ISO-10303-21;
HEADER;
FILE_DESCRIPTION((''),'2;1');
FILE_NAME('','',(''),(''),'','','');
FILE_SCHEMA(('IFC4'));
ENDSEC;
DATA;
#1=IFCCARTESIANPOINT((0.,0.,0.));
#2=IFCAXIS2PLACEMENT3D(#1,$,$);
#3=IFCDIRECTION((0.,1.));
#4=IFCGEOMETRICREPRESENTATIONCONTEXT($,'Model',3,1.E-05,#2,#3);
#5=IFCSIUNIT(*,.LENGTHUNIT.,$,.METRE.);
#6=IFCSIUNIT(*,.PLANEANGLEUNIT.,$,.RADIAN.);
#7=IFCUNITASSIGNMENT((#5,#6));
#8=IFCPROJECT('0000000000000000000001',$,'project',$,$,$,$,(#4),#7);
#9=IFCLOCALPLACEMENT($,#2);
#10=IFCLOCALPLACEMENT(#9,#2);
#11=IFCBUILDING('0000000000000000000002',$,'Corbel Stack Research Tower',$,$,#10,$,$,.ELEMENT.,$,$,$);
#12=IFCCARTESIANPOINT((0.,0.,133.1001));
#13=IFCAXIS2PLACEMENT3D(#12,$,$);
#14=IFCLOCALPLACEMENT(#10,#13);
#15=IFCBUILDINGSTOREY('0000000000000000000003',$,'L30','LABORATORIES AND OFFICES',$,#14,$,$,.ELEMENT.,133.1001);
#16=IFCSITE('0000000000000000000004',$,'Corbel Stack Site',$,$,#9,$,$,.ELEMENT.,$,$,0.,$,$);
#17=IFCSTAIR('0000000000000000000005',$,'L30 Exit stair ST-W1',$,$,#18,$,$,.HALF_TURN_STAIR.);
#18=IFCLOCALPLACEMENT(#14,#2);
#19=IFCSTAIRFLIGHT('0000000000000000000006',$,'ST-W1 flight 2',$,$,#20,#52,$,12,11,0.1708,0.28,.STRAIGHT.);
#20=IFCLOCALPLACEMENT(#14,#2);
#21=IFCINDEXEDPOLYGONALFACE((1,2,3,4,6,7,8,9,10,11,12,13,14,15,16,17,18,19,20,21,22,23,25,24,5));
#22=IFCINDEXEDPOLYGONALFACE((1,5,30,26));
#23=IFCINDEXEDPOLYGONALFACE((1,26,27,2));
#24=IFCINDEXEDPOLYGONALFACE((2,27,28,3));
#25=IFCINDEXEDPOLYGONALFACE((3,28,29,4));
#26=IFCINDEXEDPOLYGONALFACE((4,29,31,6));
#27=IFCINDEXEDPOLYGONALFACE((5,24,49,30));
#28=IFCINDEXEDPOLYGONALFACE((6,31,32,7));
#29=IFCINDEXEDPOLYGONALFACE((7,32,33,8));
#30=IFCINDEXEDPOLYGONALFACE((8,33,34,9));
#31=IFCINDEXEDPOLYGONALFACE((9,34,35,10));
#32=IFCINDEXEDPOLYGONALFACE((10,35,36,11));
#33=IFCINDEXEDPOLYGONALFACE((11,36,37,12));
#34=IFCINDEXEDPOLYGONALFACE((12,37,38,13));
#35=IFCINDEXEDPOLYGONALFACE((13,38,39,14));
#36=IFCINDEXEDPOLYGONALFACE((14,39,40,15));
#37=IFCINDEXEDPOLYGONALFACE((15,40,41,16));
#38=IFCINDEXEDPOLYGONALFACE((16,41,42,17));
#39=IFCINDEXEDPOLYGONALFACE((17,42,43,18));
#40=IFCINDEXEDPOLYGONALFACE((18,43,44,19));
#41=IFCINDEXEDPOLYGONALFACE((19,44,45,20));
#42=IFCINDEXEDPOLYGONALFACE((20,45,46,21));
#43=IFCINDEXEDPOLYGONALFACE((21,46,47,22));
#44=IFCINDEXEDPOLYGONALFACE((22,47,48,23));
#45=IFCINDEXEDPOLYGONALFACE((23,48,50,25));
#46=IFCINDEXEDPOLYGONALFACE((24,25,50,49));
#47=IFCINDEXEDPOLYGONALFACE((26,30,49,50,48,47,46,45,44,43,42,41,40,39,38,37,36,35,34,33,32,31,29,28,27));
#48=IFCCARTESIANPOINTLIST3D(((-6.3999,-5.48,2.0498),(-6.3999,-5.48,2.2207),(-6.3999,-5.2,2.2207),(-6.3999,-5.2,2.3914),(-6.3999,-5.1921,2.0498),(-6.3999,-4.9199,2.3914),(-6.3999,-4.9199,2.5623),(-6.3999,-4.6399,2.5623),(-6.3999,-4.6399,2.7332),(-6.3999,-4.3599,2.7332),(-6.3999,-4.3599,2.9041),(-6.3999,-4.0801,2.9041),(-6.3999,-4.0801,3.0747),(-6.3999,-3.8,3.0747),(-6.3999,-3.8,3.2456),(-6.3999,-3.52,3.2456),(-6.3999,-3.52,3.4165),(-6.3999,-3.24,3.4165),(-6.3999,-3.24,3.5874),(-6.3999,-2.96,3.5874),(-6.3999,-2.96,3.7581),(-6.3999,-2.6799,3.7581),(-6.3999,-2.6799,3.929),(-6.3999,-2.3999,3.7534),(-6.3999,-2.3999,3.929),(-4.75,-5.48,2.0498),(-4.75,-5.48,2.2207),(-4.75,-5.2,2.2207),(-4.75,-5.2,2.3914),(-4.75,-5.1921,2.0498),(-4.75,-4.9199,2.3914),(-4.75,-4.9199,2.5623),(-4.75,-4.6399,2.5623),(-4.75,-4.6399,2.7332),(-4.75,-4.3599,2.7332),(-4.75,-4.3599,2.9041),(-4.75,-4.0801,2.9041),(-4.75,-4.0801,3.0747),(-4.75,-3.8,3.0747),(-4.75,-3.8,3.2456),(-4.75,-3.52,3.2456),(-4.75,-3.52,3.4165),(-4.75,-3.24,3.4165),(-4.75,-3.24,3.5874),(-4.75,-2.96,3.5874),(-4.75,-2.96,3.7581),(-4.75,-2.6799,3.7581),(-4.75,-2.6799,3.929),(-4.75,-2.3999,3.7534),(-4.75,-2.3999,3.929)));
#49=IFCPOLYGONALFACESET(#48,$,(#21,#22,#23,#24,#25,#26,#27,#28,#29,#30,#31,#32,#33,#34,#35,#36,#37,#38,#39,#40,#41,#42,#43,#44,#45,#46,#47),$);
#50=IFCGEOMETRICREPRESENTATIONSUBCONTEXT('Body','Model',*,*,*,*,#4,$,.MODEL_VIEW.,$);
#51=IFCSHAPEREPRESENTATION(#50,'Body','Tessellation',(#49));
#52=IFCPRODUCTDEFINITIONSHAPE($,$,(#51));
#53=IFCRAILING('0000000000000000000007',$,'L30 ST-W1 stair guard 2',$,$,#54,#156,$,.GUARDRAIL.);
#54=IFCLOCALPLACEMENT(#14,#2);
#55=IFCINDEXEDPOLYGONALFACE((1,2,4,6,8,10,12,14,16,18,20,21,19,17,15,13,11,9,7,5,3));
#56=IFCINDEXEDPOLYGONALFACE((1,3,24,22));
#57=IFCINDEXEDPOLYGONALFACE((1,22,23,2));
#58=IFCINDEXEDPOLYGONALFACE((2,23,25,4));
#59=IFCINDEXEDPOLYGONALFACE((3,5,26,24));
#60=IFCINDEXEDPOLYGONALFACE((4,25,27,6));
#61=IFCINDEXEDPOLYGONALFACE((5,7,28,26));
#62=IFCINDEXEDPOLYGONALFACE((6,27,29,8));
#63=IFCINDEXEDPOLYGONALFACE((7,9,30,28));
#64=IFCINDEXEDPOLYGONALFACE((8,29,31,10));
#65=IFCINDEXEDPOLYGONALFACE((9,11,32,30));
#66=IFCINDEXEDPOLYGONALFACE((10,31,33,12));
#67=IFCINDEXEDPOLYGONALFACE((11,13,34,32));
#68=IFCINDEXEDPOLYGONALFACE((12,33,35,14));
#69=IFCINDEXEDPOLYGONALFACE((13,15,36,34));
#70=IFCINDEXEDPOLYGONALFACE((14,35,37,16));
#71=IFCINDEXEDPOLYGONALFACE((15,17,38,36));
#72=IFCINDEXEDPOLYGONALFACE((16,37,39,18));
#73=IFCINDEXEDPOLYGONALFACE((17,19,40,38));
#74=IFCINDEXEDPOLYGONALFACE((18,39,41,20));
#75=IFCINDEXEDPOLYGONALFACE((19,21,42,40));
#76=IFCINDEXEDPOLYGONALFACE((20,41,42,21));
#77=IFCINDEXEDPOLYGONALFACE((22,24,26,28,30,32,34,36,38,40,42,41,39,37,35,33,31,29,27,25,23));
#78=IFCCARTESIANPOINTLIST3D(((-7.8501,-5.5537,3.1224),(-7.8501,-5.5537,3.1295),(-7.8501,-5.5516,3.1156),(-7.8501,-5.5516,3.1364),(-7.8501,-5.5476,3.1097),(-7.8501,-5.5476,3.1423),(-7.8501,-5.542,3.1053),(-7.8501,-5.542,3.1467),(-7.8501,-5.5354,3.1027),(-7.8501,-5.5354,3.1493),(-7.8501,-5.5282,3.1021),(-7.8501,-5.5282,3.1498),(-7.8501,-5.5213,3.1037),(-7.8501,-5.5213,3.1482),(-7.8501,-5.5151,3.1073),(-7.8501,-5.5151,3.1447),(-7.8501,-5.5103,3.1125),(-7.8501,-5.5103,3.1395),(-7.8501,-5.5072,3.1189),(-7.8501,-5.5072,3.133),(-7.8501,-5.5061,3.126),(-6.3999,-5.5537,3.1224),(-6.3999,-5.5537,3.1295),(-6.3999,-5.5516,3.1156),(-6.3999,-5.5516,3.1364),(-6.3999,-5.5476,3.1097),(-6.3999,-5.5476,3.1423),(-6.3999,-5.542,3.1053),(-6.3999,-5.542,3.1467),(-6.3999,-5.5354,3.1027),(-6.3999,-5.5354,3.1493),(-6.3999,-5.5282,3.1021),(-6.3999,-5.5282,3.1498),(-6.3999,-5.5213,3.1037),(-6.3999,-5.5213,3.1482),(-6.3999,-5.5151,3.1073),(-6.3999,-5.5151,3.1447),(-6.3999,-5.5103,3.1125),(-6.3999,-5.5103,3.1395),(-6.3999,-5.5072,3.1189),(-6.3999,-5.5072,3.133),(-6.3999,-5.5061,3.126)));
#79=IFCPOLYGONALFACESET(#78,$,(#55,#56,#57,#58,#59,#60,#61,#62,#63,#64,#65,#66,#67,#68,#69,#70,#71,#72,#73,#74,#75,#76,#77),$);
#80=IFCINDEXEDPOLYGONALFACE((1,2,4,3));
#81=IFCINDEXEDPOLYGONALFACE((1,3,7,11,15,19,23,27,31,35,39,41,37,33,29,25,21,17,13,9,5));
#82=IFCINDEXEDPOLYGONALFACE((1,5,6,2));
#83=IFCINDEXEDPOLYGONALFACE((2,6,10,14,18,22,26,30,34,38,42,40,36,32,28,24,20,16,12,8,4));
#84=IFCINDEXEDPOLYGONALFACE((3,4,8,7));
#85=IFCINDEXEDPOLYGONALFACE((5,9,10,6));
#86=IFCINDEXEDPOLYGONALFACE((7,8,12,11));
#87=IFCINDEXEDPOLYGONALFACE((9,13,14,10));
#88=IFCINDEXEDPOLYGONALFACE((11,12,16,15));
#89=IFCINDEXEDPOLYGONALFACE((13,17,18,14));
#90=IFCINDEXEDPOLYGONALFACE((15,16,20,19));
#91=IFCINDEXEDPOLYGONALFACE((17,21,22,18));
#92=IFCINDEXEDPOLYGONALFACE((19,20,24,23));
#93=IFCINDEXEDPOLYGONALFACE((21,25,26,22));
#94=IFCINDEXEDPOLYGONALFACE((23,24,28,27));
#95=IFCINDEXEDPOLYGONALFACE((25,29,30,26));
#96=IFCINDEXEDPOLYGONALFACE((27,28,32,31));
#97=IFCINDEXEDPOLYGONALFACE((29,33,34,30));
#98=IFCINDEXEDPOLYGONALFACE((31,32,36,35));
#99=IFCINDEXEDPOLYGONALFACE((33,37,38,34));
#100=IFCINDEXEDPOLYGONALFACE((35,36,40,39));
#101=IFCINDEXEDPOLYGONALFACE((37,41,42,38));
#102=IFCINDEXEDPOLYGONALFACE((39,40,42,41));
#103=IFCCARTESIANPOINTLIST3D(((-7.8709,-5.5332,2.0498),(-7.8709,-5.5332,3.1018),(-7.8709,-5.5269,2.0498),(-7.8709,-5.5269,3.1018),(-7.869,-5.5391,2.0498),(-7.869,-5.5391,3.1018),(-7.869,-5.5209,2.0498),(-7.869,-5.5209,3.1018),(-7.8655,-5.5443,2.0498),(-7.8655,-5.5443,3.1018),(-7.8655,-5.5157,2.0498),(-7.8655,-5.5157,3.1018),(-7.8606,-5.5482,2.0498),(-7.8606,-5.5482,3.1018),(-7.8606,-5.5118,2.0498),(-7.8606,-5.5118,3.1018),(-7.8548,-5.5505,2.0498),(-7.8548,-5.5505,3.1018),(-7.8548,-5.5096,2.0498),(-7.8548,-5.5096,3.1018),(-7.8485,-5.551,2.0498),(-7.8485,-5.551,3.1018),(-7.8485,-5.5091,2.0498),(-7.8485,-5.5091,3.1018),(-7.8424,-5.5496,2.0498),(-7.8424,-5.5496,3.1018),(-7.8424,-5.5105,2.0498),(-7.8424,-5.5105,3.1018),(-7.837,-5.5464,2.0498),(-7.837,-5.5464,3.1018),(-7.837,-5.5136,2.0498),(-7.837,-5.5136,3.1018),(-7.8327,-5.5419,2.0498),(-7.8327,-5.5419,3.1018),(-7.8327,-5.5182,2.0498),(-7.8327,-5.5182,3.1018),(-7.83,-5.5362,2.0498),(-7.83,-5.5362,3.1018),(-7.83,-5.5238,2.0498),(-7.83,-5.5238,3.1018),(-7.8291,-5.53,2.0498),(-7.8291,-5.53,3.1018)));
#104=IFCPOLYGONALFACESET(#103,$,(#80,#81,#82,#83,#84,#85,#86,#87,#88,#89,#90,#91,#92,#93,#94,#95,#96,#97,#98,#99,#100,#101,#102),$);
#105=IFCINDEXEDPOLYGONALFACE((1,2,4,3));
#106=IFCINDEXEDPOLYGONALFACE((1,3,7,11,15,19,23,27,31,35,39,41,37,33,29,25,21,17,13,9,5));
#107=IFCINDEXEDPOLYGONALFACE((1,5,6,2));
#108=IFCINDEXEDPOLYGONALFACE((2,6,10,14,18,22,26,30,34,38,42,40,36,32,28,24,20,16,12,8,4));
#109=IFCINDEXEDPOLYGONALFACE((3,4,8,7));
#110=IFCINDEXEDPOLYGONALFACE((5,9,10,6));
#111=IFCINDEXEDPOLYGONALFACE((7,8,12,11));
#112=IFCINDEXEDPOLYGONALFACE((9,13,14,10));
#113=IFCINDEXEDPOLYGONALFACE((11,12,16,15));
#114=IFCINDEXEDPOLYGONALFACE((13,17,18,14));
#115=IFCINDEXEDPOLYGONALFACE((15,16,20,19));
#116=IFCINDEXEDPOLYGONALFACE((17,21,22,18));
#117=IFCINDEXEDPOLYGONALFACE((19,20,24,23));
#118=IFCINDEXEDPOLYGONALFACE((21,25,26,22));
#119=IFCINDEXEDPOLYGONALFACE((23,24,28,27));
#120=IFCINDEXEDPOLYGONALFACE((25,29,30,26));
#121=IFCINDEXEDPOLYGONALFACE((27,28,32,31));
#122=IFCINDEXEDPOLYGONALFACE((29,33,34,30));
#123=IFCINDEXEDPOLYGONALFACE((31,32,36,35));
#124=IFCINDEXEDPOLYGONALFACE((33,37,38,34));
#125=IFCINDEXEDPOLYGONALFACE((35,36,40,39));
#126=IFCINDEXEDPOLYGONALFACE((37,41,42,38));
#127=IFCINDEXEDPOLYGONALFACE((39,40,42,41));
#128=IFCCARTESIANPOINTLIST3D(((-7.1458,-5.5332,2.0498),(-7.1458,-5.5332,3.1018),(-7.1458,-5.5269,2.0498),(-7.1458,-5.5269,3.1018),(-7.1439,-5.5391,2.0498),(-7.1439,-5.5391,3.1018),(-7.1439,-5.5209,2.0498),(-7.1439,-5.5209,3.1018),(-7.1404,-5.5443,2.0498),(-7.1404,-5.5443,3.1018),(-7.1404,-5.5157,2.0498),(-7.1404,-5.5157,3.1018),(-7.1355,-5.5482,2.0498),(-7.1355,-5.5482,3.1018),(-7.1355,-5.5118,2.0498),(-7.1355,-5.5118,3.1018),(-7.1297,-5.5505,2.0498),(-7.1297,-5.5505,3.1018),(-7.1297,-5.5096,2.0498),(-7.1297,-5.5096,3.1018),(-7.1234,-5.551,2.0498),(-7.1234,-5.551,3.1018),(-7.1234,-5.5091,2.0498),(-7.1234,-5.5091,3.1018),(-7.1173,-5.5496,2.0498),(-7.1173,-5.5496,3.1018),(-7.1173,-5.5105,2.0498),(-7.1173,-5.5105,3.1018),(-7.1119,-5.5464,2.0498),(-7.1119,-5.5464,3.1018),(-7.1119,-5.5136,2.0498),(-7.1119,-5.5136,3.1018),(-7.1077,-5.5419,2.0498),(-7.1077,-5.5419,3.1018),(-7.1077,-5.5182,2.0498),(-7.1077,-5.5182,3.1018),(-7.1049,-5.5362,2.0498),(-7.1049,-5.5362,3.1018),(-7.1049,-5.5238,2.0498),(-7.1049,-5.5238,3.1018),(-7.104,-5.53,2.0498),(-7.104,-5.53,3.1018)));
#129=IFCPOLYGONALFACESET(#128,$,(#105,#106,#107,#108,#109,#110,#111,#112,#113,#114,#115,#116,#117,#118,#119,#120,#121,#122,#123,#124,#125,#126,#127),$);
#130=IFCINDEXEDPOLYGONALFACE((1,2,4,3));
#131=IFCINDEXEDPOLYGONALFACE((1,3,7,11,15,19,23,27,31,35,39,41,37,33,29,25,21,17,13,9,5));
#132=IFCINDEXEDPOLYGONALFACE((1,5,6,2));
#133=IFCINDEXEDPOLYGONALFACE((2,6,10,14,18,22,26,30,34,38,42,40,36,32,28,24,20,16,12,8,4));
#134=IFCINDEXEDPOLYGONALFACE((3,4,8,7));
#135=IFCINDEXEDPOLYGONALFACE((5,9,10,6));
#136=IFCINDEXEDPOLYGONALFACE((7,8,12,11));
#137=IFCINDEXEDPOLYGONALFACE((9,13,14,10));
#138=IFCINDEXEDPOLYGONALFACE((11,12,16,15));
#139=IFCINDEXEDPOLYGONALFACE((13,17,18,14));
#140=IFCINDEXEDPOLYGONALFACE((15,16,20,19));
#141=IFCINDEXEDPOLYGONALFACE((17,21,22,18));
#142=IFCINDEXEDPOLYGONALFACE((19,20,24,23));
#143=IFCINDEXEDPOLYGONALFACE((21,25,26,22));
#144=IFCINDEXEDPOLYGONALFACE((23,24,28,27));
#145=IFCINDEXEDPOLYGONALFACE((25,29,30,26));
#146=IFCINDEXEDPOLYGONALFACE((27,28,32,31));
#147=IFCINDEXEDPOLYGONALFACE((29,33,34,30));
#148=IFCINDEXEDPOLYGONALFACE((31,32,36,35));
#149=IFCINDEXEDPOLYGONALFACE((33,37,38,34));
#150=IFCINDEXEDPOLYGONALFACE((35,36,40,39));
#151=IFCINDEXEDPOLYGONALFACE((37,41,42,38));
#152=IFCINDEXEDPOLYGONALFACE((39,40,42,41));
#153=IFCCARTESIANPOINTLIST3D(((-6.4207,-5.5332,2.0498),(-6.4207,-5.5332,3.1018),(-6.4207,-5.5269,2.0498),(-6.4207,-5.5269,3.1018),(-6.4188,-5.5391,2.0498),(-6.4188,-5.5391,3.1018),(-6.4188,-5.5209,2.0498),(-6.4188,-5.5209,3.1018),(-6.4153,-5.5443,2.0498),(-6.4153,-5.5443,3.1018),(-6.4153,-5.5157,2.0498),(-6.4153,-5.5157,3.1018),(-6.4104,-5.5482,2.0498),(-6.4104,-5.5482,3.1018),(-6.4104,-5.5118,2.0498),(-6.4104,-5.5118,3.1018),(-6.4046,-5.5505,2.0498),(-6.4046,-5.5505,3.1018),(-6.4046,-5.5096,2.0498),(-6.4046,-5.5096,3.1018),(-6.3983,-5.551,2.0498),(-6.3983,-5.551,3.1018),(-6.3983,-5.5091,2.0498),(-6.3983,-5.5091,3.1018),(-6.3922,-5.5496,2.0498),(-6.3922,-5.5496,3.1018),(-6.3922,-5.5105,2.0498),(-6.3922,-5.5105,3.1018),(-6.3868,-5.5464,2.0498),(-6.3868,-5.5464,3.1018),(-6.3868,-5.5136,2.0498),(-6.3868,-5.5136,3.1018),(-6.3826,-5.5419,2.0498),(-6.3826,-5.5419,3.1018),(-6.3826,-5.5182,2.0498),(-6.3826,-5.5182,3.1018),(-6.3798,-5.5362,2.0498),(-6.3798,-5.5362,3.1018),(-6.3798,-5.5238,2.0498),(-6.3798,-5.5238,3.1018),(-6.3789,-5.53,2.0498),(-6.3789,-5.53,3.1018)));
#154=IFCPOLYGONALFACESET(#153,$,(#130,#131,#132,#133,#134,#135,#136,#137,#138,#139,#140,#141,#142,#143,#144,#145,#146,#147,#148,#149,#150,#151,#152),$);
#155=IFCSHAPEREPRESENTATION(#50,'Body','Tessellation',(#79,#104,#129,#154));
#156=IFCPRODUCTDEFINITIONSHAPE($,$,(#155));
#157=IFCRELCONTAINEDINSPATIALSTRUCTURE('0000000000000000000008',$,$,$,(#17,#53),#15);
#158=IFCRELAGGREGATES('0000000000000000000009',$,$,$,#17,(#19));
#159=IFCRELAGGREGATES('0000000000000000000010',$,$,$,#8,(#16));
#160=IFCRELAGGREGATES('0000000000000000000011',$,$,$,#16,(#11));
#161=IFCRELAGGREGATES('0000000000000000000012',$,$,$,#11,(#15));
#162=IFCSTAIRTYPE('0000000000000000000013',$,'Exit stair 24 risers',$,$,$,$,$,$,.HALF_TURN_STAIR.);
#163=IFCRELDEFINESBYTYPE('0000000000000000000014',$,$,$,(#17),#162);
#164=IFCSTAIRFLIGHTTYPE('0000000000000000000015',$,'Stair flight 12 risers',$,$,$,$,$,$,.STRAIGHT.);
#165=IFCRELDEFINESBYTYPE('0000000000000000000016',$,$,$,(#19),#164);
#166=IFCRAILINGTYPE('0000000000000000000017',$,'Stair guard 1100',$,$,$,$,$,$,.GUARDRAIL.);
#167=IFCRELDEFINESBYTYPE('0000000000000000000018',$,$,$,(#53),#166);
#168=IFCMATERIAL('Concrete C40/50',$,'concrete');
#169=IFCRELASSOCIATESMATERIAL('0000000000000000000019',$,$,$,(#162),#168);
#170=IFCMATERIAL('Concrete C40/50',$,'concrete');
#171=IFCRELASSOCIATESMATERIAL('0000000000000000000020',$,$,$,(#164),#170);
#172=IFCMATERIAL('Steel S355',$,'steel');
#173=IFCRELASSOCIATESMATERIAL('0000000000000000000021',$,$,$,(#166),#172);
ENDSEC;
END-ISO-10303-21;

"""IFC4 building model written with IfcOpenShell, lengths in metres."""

from ifc_helpers import new_model, si_unit, direction, frame, origin, origin_2d, place, context, subcontext, project, spatial, polyline, circle, outline, extrude, material, type_object, element, aggregate, save


model = new_model("IFC4")

# Units and contexts
model_context = context("Model", 3, precision=1e-05, world=origin(), true_north=direction((0.0, 1.0)))
body_context = subcontext(model_context, "Body", "Model", "MODEL_VIEW")
ifc_project = project(units=[si_unit("LENGTHUNIT", "METRE"), si_unit("PLANEANGLEUNIT", "RADIAN")], contexts=[model_context])

# Site, building, storey
site_placement = place(None, origin())
site = spatial("IfcSite", under=ifc_project, at=site_placement, Name="Corbel Stack Site", CompositionType="ELEMENT", RefElevation=0.0)
building_placement = place(site_placement, origin())
building = spatial("IfcBuilding", under=site, at=building_placement, Name="Corbel Stack Research Tower", CompositionType="ELEMENT")
storey_placement = place(building_placement, frame((0.0, 0.0, 133.1001)))
storey = spatial("IfcBuildingStorey", under=building, at=storey_placement, Name="L30", Description="LABORATORIES AND OFFICES", CompositionType="ELEMENT", Elevation=133.1001)

# Stair, stair flight
ifc_material_1 = material(Name="Concrete C40/50", Category="concrete")
stair_type = type_object("IfcStairType", Name="Exit stair 24 risers", PredefinedType="HALF_TURN_STAIR", material=ifc_material_1)
stair_placement = place(storey_placement, origin())
stair = element("IfcStair", 1, at=stair_placement, inside=storey, type_object=stair_type, Name="L30 Exit stair ST-W1", PredefinedType="HALF_TURN_STAIR")
ifc_material_2 = material(Name="Concrete C40/50", Category="concrete")
stair_flight_type = type_object("IfcStairFlightType", Name="Stair flight 12 risers", PredefinedType="STRAIGHT", material=ifc_material_2)
stair_flight_placement = place(storey_placement, frame((-5.575, -5.48, 2.0498), z_axis=(0.0, 0.0, 1.0), x_axis=(0.0, 1.0, 0.0)))
stair_flight = element("IfcStairFlight", 2, at=stair_flight_placement, type_object=stair_flight_type, Name="ST-W1 flight 2", NumberOfRisers=12, NumberOfTreads=11, PredefinedType="STRAIGHT", RiserHeight=0.1708, TreadLength=0.28, context=body_context, shape_type="SweptSolid", body=[
    extrude(outline(polyline([(0.0, 0.0), (0.0, 0.1709), (0.28, 0.1709), (0.28, 0.3416), (0.5601, 0.3416), (0.5601, 0.5125), (0.8401, 0.5125), (0.8401, 0.6833), (1.1201, 0.6833), (1.1201, 0.8542), (1.3999, 0.8542), (1.3999, 1.0249), (1.6799, 1.0249), (1.6799, 1.1958), (1.96, 1.1958), (1.96, 1.3667), (2.24, 1.3667), (2.24, 1.5376), (2.52, 1.5376), (2.52, 1.7083), (2.8, 1.7083), (2.8, 1.8792), (3.0801, 1.8792), (3.0801, 2.05), (3.0801, 1.7036), (0.2878, 0.0), (0.0, 0.0)])), frame((0.0, 0.825, 0.0), z_axis=(0.0, -1.0, 0.0), x_axis=(1.0, 0.0, 0.0)), (0.0, 0.0, 1.0), 1.6499),
])
aggregate(stair, [stair_flight])

# Railing
ifc_material_3 = material(Name="Steel S355", Category="steel")
railing_type_1 = type_object("IfcRailingType", Name="Stair guard 1100", PredefinedType="GUARDRAIL", material=ifc_material_3)
railing_1_placement = place(storey_placement, frame((-7.8501, -5.53, 2.0498)))
element("IfcRailing", 3, at=railing_1_placement, inside=storey, type_object=railing_type_1, Name="L30 ST-W1 stair guard 2", PredefinedType="GUARDRAIL", context=body_context, shape_type="SweptSolid", body=[
    extrude(circle(Radius=0.0239, at=origin_2d()), frame((0.0, 0.0, 1.0762), z_axis=(1.0, 0.0, 0.0), x_axis=(0.0, 1.0, 0.0)), (0.0, 0.0, 1.0), 1.4502),
    extrude(circle(Radius=0.021, at=origin_2d()), origin(), (0.0, 0.0, 1.0), 1.052),
    extrude(circle(Radius=0.021, at=origin_2d()), frame((0.7251, 0.0, 0.0)), (0.0, 0.0, 1.0), 1.052),
    extrude(circle(Radius=0.021, at=origin_2d()), frame((1.4502, 0.0, 0.0)), (0.0, 0.0, 1.0), 1.052),
])

save(model, "model.ifc")
